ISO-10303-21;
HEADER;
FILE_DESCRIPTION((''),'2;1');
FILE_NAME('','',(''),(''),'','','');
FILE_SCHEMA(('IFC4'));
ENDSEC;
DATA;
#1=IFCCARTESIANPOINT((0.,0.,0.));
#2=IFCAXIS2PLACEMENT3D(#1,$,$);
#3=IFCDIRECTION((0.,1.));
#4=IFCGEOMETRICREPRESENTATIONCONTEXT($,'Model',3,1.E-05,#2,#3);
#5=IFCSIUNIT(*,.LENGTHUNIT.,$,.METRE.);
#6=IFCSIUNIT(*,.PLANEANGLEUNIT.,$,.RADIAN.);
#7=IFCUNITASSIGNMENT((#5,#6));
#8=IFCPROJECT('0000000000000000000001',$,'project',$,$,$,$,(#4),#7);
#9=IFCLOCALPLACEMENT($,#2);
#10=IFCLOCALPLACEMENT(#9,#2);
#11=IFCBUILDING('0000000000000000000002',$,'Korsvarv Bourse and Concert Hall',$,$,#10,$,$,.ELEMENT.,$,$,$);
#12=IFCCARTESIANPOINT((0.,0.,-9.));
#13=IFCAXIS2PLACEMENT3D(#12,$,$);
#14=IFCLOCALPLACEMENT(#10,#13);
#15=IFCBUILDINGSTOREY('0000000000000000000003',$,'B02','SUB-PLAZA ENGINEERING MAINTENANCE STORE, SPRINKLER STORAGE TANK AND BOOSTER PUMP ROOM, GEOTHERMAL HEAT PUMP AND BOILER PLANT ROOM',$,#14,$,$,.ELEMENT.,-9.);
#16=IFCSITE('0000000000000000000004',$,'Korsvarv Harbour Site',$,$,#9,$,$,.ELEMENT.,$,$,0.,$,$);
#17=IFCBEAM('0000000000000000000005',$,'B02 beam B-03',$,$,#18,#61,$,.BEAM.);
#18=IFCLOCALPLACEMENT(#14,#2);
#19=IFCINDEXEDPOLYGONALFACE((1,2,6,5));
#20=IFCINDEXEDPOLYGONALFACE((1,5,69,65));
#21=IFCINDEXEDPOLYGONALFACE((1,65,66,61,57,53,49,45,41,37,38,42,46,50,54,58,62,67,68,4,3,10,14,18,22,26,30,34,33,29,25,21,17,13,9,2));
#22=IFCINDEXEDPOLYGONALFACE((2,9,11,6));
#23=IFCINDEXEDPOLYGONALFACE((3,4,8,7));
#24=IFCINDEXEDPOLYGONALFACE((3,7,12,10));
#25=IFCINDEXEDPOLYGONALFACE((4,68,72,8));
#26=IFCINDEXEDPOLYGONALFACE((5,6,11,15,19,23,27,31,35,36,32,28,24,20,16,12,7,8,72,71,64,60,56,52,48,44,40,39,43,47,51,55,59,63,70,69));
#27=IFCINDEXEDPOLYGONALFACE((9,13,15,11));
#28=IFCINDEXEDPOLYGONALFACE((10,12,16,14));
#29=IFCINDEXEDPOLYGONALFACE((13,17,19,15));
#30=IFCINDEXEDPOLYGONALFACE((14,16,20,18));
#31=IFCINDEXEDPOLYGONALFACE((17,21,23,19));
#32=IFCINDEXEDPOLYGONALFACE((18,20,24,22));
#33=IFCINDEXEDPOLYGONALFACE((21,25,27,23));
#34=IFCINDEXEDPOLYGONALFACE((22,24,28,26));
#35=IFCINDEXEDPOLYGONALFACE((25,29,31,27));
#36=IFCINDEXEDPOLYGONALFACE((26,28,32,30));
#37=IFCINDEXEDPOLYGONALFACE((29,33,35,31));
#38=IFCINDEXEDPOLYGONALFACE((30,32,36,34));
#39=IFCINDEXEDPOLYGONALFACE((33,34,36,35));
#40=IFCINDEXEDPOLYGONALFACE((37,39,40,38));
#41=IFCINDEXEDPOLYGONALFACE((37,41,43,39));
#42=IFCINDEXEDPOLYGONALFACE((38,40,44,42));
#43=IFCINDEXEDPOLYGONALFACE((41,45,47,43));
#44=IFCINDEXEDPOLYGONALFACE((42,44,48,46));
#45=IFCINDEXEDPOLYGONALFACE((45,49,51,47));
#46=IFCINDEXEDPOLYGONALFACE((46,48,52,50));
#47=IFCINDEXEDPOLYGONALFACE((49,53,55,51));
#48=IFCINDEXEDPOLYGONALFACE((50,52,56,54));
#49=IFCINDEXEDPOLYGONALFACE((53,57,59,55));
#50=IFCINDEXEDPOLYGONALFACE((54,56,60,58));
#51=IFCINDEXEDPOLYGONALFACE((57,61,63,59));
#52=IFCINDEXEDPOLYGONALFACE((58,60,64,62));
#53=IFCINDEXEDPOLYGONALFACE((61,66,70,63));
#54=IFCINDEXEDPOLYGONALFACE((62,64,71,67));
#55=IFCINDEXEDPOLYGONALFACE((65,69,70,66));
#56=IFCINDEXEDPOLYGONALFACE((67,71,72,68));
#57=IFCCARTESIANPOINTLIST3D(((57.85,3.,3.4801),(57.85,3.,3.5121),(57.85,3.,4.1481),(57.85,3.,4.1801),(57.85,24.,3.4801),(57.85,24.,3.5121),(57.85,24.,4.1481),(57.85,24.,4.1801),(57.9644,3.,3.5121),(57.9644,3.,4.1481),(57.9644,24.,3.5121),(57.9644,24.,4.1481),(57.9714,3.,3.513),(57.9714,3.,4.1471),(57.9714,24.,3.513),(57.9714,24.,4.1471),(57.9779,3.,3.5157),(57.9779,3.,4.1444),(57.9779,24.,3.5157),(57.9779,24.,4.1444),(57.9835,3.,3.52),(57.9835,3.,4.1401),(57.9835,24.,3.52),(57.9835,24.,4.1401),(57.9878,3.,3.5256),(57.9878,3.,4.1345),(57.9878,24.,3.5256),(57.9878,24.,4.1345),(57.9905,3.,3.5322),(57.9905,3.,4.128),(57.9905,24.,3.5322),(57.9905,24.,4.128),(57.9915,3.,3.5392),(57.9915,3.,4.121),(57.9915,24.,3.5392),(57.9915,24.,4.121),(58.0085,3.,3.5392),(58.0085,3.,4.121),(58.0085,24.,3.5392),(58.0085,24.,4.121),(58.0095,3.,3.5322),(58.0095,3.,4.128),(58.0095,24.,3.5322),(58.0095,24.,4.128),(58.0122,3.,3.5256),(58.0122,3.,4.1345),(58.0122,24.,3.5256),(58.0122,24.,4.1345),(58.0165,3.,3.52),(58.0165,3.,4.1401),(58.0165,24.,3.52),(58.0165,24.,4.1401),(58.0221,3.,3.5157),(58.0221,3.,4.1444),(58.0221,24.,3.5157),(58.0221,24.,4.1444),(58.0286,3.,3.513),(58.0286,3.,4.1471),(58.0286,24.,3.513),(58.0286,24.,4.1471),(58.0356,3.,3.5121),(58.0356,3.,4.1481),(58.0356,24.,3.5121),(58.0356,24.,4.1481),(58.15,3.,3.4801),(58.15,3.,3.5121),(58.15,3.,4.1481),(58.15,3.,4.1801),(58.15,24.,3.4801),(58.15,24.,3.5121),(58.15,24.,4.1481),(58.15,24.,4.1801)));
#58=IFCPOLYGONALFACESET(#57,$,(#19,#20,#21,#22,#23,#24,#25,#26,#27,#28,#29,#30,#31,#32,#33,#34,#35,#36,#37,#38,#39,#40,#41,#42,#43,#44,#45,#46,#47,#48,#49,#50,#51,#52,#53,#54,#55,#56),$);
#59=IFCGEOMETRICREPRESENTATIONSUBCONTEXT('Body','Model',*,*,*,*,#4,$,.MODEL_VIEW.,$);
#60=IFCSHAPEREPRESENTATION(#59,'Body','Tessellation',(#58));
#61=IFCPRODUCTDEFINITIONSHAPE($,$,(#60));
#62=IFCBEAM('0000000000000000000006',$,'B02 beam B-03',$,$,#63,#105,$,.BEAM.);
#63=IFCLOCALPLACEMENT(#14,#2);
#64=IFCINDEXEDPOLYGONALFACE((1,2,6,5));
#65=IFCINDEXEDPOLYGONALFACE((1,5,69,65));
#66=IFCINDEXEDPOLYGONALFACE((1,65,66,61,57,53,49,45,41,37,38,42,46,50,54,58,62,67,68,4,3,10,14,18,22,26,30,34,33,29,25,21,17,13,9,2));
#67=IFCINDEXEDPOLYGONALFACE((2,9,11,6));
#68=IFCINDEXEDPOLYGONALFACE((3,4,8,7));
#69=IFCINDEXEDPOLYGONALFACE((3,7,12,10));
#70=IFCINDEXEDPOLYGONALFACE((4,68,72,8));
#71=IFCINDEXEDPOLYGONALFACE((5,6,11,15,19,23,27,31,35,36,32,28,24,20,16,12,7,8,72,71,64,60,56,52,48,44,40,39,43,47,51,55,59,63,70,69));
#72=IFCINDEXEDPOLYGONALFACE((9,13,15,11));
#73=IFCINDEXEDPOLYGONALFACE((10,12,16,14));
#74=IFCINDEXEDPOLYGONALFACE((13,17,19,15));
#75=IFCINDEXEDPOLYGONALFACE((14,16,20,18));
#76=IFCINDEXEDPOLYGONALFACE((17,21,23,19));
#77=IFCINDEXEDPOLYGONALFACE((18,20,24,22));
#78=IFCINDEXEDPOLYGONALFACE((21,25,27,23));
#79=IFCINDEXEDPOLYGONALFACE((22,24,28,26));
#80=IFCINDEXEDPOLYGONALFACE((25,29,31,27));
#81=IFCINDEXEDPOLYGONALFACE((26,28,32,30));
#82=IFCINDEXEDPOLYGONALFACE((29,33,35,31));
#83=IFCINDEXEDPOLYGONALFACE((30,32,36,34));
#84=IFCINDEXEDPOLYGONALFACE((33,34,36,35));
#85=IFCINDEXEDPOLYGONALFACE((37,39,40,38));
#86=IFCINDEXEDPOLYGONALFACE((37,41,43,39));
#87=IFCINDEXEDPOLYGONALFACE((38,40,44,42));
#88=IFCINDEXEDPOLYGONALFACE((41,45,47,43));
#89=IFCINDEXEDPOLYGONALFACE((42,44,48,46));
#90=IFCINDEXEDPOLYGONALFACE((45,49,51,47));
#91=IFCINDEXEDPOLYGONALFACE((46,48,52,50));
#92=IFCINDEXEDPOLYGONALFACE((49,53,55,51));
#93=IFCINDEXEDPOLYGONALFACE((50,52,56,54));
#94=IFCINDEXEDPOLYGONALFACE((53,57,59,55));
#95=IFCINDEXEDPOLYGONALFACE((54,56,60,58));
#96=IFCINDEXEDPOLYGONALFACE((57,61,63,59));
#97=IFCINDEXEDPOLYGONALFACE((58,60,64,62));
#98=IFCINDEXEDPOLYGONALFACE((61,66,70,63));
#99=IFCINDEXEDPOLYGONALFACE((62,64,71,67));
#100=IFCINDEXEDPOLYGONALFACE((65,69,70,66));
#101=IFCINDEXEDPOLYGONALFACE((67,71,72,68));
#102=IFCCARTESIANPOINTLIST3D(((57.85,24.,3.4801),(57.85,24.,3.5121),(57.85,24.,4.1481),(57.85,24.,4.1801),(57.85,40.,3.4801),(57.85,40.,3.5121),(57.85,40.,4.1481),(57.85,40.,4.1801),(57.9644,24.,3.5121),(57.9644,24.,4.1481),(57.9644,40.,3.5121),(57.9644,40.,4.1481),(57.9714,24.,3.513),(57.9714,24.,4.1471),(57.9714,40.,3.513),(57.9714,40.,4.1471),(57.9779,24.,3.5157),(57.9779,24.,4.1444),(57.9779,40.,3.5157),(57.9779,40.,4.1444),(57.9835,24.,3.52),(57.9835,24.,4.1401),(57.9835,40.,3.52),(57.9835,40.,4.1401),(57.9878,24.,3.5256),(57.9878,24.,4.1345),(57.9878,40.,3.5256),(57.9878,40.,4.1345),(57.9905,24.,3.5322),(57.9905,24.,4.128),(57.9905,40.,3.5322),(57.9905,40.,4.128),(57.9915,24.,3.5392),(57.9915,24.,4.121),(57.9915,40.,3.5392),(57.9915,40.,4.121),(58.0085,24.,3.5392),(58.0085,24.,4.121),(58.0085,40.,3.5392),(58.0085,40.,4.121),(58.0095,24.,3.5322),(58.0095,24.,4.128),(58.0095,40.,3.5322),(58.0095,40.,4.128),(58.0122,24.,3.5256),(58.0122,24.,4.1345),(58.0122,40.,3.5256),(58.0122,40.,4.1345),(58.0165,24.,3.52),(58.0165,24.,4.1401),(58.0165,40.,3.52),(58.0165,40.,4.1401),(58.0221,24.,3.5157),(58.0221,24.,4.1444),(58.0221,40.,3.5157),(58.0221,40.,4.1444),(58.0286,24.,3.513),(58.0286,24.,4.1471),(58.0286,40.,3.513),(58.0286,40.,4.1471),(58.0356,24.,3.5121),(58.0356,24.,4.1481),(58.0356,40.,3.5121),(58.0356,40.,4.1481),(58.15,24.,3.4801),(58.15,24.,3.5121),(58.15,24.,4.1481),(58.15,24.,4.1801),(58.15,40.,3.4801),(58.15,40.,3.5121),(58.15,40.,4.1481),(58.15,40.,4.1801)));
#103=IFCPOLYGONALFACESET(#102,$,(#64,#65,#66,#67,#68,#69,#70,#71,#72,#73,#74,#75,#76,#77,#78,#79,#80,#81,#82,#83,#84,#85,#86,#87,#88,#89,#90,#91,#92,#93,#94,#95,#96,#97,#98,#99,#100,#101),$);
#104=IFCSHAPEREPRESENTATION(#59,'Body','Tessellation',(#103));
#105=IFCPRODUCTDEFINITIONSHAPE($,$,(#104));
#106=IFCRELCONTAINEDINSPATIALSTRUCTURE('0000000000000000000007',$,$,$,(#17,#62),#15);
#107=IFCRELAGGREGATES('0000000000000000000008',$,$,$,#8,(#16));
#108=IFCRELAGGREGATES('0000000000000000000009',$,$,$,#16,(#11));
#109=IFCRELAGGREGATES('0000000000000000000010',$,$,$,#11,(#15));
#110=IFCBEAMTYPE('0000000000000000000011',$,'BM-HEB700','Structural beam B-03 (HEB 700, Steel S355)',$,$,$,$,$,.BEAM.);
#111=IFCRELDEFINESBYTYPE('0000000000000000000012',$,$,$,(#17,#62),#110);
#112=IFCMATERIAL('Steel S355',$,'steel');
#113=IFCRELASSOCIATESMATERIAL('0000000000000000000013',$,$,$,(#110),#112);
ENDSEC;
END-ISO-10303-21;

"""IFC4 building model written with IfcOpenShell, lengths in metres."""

from ifc_helpers import new_model, si_unit, direction, frame, origin, origin_2d, place, context, subcontext, project, spatial, i_section, extrude, source, transform, mapped, material, material_profile, profile_set, type_object, element, save


model = new_model("IFC4")

# Units and contexts
model_context = context("Model", 3, precision=1e-05, world=origin(), true_north=direction((0.0, 1.0)))
body_context = subcontext(model_context, "Body", "Model", "MODEL_VIEW")
ifc_project = project(units=[si_unit("LENGTHUNIT", "METRE"), si_unit("PLANEANGLEUNIT", "RADIAN")], contexts=[model_context])

# Site, building, storey
site_placement = place(None, origin())
site = spatial("IfcSite", under=ifc_project, at=site_placement, Name="Korsvarv Harbour Site", CompositionType="ELEMENT", RefElevation=0.0)
building_placement = place(site_placement, origin())
building = spatial("IfcBuilding", under=site, at=building_placement, Name="Korsvarv Bourse and Concert Hall", CompositionType="ELEMENT")
storey_placement = place(building_placement, frame((0.0, 0.0, -9.0)))
storey = spatial("IfcBuildingStorey", under=building, at=storey_placement, Name="B02", Description="SUB-PLAZA ENGINEERING MAINTENANCE STORE, SPRINKLER STORAGE TANK AND BOOSTER PUMP ROOM, GEOTHERMAL HEAT PUMP AND BOILER PLANT ROOM", CompositionType="ELEMENT", Elevation=-9.0)

# Beams
ifc_material_1 = material(Name="Steel S355", Category="steel")
ifc_material_profile_1 = material_profile(ifc_material_1, i_section(OverallWidth=0.3, OverallDepth=0.7, WebThickness=0.0171, FlangeThickness=0.032, FilletRadius=0.0271, at=origin_2d()), Name="HEB 700")
ifc_profile_set_1 = profile_set([ifc_material_profile_1], Name="Steel S355")
beam_type_1 = type_object("IfcBeamType", Name="BM-HEB700", Description="Structural beam B-03 (HEB 700, Steel S355)", PredefinedType="BEAM", material=ifc_profile_set_1)
shared_shape_1 = source(origin(), body_context, "Body", "SweptSolid", [
    extrude(i_section(OverallWidth=0.3, OverallDepth=0.7, WebThickness=0.0171, FlangeThickness=0.032, FilletRadius=0.0271, at=origin_2d()), origin(), (0.0, 0.0, 1.0), 21.0),
])
beam_1_placement = place(storey_placement, frame((58.0, 3.0, 3.8301), z_axis=(0.0, 1.0, 0.0), x_axis=(-1.0, 0.0, 0.0)))
element("IfcBeam", 1, at=beam_1_placement, inside=storey, type_object=beam_type_1, Name="B02 beam B-03", PredefinedType="BEAM", context=body_context, shape_type="MappedRepresentation", body=[
    mapped(shared_shape_1, transform((0.0, 0.0, 0.0), scale=1.0)),
])
shared_shape_2 = source(origin(), body_context, "Body", "SweptSolid", [
    extrude(i_section(OverallWidth=0.3, OverallDepth=0.7, WebThickness=0.0171, FlangeThickness=0.032, FilletRadius=0.0271, at=origin_2d()), origin(), (0.0, 0.0, 1.0), 16.0),
])
beam_2_placement = place(storey_placement, frame((58.0, 24.0, 3.8301), z_axis=(0.0, 1.0, 0.0), x_axis=(-1.0, 0.0, 0.0)))
element("IfcBeam", 2, at=beam_2_placement, inside=storey, type_object=beam_type_1, Name="B02 beam B-03", PredefinedType="BEAM", context=body_context, shape_type="MappedRepresentation", body=[
    mapped(shared_shape_2, transform((0.0, 0.0, 0.0), scale=1.0)),
])

save(model, "model.ifc")
